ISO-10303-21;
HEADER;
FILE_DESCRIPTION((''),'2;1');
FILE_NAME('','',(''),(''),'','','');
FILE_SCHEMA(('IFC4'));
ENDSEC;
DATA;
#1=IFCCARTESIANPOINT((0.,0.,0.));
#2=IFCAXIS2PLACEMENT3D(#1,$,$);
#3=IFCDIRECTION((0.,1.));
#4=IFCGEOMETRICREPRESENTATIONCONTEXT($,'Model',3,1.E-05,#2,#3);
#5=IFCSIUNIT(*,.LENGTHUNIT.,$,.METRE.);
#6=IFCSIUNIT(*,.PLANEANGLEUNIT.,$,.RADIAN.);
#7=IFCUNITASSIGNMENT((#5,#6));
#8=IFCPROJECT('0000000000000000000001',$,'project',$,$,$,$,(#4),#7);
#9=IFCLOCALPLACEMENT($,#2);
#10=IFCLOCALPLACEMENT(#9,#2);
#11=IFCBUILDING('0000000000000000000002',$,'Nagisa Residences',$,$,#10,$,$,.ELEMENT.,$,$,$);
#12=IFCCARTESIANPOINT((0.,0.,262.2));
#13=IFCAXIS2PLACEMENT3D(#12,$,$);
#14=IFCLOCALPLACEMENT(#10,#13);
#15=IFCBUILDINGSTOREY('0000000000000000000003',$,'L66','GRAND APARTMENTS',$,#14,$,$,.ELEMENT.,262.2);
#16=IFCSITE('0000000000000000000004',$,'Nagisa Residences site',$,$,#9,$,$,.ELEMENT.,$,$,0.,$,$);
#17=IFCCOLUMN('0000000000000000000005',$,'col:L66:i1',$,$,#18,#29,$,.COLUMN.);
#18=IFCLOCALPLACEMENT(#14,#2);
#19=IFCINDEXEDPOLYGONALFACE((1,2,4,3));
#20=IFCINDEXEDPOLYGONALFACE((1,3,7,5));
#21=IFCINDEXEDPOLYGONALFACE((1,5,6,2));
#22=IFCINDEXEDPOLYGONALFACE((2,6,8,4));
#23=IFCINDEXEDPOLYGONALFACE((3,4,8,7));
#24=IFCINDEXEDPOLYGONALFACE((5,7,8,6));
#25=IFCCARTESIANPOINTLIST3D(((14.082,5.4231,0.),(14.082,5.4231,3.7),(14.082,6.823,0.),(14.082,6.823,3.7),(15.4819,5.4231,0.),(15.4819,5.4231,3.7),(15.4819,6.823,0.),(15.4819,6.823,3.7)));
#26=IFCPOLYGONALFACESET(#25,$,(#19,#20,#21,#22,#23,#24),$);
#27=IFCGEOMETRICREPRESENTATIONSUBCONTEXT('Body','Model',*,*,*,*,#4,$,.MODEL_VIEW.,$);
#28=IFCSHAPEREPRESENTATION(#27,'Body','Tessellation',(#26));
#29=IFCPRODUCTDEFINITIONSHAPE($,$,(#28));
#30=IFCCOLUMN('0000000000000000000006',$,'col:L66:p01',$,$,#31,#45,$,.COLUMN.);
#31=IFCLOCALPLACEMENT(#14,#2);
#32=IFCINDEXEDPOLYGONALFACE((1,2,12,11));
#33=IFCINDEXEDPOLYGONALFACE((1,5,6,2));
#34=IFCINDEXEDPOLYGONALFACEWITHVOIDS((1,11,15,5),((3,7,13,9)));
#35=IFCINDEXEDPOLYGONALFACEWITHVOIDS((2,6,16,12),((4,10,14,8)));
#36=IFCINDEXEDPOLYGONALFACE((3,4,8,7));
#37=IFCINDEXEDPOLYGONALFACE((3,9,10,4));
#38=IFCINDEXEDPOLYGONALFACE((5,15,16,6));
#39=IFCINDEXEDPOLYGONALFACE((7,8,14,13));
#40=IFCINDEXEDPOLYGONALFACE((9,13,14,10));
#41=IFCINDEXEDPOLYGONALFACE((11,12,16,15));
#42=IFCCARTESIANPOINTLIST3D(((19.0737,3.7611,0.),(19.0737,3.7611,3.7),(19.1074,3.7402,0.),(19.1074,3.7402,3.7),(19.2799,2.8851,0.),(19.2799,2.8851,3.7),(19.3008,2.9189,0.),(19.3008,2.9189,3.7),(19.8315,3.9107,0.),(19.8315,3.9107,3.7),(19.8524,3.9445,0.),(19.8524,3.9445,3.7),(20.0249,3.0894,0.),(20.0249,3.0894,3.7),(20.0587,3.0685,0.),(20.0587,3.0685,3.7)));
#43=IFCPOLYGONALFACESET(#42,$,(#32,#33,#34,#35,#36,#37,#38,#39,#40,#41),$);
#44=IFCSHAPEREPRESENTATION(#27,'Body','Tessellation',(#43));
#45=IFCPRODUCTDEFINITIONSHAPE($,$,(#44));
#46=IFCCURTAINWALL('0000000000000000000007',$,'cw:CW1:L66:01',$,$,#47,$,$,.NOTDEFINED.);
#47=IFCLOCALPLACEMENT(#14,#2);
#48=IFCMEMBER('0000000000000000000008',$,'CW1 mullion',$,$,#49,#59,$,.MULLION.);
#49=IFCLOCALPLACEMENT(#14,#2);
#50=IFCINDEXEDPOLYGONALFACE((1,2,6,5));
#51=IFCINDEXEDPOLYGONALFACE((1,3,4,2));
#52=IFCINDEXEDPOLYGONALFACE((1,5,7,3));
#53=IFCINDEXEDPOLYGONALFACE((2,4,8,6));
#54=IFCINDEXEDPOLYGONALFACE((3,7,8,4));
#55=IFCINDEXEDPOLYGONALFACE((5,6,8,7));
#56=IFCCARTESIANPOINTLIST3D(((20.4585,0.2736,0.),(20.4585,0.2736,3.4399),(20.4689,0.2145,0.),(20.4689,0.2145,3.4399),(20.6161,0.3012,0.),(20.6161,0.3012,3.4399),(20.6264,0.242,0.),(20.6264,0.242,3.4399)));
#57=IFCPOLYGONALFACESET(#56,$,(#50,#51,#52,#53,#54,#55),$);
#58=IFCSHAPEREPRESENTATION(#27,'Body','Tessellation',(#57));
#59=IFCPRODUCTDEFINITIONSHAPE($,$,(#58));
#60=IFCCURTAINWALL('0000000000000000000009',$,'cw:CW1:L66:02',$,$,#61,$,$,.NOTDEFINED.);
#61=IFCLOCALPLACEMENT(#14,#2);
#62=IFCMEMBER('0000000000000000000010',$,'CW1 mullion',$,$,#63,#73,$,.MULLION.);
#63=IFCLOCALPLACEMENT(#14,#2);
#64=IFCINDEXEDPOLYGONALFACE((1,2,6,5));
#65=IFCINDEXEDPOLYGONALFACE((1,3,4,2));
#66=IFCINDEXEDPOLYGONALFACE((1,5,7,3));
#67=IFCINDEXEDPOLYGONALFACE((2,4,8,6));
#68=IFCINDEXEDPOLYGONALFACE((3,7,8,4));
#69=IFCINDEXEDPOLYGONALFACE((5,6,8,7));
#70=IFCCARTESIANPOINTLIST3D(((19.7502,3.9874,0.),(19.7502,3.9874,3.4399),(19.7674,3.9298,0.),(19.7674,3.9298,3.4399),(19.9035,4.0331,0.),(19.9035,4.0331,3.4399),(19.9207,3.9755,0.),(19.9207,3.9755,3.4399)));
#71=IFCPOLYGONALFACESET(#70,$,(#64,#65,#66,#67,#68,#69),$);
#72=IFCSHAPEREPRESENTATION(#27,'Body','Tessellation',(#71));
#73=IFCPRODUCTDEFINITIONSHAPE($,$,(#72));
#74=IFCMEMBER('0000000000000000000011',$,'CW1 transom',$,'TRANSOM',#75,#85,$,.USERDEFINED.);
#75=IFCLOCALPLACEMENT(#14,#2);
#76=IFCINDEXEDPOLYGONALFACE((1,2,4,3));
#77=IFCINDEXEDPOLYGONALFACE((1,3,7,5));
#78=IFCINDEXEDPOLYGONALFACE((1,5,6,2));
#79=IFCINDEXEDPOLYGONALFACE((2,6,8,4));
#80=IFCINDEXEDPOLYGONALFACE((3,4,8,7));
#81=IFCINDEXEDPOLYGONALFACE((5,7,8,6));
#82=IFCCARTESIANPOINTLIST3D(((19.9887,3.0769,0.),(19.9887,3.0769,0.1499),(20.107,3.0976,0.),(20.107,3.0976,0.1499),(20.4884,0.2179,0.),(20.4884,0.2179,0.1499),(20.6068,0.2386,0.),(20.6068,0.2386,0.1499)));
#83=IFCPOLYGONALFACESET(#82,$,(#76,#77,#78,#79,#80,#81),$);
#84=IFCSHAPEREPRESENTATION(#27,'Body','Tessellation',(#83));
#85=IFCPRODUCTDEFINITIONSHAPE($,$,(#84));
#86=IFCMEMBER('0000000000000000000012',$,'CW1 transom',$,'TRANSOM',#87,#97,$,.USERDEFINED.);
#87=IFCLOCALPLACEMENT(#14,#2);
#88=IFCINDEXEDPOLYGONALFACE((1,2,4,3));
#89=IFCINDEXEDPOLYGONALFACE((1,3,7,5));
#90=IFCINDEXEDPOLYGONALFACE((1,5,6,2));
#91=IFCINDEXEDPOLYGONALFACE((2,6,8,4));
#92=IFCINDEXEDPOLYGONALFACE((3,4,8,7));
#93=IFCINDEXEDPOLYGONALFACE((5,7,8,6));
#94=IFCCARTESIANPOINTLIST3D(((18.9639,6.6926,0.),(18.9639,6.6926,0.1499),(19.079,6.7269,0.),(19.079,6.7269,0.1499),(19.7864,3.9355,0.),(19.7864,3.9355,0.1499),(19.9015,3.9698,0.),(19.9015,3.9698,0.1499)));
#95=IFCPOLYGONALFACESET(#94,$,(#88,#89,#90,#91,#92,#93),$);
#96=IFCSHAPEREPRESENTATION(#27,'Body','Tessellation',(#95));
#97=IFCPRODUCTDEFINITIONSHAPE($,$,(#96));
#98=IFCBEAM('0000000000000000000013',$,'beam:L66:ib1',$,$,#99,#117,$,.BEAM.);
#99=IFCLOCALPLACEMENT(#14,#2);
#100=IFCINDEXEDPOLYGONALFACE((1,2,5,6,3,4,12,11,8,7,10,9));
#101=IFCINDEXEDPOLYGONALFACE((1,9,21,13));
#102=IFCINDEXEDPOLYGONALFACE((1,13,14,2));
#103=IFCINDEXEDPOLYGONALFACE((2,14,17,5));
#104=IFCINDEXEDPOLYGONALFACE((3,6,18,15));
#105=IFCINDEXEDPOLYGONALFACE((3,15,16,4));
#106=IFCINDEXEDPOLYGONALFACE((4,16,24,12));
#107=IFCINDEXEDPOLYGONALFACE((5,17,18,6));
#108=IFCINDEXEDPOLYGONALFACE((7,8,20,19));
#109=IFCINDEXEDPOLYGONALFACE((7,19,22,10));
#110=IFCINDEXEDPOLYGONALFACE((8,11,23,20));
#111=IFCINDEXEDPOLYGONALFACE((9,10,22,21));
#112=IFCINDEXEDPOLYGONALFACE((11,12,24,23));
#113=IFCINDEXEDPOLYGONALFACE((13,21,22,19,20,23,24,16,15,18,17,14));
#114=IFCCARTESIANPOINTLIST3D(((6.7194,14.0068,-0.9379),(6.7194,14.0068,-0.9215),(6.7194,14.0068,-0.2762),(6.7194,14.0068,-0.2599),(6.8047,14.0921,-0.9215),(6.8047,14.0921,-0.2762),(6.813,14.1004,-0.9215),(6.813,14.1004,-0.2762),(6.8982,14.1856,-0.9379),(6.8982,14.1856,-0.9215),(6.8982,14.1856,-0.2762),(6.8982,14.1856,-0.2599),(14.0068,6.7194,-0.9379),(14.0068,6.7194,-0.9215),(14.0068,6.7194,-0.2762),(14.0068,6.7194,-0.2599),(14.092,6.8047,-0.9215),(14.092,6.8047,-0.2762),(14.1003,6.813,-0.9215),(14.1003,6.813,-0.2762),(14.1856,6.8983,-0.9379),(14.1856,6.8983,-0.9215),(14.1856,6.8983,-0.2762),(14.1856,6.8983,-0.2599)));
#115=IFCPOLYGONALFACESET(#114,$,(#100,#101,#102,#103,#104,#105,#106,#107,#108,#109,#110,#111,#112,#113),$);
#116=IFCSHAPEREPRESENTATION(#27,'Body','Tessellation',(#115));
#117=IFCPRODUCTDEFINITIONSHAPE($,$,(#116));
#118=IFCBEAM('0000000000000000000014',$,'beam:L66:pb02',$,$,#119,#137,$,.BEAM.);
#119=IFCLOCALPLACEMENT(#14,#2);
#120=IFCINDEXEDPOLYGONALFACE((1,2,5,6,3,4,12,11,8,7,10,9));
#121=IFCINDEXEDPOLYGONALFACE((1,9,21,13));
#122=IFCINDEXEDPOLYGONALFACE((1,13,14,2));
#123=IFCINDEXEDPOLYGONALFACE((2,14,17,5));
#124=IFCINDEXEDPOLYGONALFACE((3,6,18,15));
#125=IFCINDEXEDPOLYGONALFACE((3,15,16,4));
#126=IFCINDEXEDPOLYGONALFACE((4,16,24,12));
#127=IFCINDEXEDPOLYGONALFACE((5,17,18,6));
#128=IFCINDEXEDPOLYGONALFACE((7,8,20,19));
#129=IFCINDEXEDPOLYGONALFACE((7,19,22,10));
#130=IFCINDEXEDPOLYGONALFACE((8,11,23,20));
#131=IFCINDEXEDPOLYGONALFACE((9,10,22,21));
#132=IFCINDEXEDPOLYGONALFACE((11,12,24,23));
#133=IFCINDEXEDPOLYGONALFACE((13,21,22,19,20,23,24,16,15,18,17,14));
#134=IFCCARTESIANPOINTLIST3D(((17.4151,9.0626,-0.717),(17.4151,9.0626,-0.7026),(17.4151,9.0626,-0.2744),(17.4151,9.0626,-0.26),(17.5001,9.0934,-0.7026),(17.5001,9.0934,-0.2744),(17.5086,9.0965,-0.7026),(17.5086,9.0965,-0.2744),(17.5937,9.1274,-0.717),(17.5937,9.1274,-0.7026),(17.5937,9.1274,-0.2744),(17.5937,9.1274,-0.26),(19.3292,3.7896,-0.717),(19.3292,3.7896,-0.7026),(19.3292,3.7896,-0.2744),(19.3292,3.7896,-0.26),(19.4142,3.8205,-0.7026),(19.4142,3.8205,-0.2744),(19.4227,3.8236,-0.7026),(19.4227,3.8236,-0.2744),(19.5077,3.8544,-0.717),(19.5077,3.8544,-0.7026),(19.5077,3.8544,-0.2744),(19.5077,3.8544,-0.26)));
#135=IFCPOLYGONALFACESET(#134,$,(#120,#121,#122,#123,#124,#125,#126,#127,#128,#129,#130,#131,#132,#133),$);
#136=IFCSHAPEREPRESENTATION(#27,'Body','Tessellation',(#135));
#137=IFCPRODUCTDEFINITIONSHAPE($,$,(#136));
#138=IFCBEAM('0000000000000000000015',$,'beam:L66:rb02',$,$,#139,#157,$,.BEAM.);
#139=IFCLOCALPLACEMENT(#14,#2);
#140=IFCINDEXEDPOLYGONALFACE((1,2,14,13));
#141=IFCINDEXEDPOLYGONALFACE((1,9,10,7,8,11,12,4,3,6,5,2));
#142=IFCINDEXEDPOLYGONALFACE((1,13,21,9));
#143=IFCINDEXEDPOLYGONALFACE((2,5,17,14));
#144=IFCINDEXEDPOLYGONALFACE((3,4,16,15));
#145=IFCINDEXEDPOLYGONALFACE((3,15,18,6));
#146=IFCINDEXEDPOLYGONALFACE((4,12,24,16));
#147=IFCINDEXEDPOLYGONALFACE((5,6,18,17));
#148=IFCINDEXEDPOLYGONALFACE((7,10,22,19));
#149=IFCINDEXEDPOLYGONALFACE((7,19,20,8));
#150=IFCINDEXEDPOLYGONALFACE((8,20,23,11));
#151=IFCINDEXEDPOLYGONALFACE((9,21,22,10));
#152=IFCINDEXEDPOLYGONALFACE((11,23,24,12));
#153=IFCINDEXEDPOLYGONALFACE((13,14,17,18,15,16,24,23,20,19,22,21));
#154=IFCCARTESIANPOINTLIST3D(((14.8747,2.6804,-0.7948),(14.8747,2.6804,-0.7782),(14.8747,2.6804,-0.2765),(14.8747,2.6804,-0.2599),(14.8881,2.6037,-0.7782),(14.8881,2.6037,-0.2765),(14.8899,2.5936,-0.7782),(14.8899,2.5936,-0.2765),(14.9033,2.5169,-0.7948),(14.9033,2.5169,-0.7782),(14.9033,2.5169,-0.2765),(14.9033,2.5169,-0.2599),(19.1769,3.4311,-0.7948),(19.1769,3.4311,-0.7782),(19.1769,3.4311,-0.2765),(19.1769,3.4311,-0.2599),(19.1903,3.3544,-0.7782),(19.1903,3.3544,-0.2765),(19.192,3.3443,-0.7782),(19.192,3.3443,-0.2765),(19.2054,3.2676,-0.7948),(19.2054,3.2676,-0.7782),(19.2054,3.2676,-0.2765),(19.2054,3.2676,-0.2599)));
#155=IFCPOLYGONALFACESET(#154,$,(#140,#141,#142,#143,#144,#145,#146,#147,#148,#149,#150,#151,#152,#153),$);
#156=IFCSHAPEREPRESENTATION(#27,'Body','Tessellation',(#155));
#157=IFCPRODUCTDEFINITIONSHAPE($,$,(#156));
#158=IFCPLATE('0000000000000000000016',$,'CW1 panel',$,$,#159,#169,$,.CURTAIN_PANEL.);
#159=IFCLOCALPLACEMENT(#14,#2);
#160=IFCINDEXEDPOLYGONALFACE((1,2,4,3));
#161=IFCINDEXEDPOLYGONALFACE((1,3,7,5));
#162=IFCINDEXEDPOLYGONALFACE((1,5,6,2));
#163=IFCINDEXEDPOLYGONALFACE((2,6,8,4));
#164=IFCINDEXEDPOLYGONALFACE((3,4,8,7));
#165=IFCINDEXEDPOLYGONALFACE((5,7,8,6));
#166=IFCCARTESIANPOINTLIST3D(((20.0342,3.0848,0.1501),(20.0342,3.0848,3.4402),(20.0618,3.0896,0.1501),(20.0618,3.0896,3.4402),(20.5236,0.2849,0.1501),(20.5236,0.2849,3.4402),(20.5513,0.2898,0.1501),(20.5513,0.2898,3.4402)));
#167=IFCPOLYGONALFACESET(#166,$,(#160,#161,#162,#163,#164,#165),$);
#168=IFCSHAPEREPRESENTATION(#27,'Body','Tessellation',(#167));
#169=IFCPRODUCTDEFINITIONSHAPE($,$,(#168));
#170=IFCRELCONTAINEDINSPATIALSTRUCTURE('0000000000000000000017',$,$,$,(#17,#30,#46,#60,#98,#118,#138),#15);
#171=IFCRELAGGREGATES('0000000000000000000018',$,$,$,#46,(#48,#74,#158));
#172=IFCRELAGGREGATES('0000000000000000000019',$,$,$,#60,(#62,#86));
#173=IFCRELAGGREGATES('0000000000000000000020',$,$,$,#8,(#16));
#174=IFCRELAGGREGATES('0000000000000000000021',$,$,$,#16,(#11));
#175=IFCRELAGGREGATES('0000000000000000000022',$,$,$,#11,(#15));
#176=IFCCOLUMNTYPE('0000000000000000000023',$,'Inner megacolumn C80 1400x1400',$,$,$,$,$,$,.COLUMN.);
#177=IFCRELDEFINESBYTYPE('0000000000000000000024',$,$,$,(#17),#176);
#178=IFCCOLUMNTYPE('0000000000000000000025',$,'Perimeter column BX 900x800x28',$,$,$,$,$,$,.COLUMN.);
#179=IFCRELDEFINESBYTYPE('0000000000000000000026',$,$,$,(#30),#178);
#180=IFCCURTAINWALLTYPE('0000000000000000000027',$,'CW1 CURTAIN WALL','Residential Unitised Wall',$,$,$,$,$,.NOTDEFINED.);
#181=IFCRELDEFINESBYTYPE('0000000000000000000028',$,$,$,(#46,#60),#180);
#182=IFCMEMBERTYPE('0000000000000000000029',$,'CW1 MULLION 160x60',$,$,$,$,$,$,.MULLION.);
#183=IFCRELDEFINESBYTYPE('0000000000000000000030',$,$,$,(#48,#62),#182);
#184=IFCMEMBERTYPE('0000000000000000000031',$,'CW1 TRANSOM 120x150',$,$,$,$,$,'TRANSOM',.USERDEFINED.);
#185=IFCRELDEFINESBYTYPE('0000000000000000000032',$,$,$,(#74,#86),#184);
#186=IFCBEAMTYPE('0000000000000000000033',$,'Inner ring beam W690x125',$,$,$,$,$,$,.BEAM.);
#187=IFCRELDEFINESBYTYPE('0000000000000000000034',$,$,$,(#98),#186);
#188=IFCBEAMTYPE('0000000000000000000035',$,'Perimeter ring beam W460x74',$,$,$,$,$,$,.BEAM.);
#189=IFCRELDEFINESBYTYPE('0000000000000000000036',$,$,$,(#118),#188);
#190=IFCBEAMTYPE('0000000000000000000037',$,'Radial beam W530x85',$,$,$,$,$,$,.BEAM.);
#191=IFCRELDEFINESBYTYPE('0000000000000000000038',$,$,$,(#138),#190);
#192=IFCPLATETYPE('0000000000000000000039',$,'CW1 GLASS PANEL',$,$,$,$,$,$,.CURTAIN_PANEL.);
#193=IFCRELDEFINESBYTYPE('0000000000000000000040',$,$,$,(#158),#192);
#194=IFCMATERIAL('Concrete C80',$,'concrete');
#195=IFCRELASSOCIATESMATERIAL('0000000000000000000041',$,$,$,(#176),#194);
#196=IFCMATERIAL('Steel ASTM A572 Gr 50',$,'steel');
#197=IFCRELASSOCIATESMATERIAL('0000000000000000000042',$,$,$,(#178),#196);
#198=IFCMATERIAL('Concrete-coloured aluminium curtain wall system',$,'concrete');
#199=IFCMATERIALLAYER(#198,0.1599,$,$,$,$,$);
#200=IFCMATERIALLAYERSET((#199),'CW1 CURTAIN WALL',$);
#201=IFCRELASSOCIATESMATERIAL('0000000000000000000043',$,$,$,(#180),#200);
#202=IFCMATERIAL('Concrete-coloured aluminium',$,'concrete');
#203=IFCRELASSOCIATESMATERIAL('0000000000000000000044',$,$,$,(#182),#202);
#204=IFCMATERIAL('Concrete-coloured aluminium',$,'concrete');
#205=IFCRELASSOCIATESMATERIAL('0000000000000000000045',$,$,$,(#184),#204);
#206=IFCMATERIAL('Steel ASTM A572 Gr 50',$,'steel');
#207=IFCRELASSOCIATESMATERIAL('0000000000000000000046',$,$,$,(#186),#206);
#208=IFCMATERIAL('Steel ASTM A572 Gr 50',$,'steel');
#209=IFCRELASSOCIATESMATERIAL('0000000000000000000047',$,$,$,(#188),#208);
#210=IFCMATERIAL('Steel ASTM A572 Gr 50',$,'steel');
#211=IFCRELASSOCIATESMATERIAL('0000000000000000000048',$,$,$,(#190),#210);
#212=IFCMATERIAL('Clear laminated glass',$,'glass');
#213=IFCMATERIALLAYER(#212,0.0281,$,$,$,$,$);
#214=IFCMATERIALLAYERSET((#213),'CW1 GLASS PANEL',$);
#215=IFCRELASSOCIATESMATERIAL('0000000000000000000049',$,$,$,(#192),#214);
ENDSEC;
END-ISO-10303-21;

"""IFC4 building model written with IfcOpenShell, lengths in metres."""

from ifc_helpers import new_model, si_unit, direction, frame, origin, origin_2d, place, context, subcontext, project, spatial, rectangle, hollow_rectangle, i_section, extrude, material, layer, layer_set, material_profile, profile_set, type_object, element, aggregate, save


model = new_model("IFC4")

# Units and contexts
model_context = context("Model", 3, precision=1e-05, world=origin(), true_north=direction((0.0, 1.0)))
body_context = subcontext(model_context, "Body", "Model", "MODEL_VIEW")
ifc_project = project(units=[si_unit("LENGTHUNIT", "METRE"), si_unit("PLANEANGLEUNIT", "RADIAN")], contexts=[model_context])

# Site, building, storey
site_placement = place(None, origin())
site = spatial("IfcSite", under=ifc_project, at=site_placement, Name="Nagisa Residences site", CompositionType="ELEMENT", RefElevation=0.0)
building_placement = place(site_placement, origin())
building = spatial("IfcBuilding", under=site, at=building_placement, Name="Nagisa Residences", CompositionType="ELEMENT")
storey_placement = place(building_placement, frame((0.0, 0.0, 262.2)))
storey = spatial("IfcBuildingStorey", under=building, at=storey_placement, Name="L66", Description="GRAND APARTMENTS", CompositionType="ELEMENT", Elevation=262.2)

# Columns
ifc_material_1 = material(Name="Concrete C80", Category="concrete")
ifc_material_profile_1 = material_profile(ifc_material_1, rectangle(XDim=1.3999, YDim=1.3999, at=origin_2d()), Name="C80 1400x1400")
ifc_profile_set_1 = profile_set([ifc_material_profile_1], Name="Concrete C80")
column_type_1 = type_object("IfcColumnType", Name="Inner megacolumn C80 1400x1400", PredefinedType="COLUMN", material=ifc_profile_set_1)
column_1_placement = place(storey_placement, frame((14.782, 6.123, 0.0), z_axis=(0.0, 0.0, 1.0), x_axis=(1.0, 0.0, 0.0)))
element("IfcColumn", 1, at=column_1_placement, inside=storey, type_object=column_type_1, Name="col:L66:i1", PredefinedType="COLUMN", context=body_context, shape_type="SweptSolid", body=[
    extrude(rectangle(XDim=1.3999, YDim=1.3999, at=origin_2d()), origin(), (0.0, 0.0, 1.0), 3.7),
])
ifc_material_2 = material(Name="Steel ASTM A572 Gr 50", Category="steel")
ifc_material_profile_2 = material_profile(ifc_material_2, hollow_rectangle(XDim=0.8999, YDim=0.8, WallThickness=0.0281, at=origin_2d()), Name="BX 900x800x28")
ifc_profile_set_2 = profile_set([ifc_material_profile_2], Name="Steel ASTM A572 Gr 50")
column_type_2 = type_object("IfcColumnType", Name="Perimeter column BX 900x800x28", PredefinedType="COLUMN", material=ifc_profile_set_2)
column_2_placement = place(storey_placement, frame((19.5662, 3.4148, 0.0), z_axis=(0.0, 0.0, 1.0), x_axis=(-0.229202, 0.973379, 0.0)))
element("IfcColumn", 2, at=column_2_placement, inside=storey, type_object=column_type_2, Name="col:L66:p01", PredefinedType="COLUMN", context=body_context, shape_type="SweptSolid", body=[
    extrude(hollow_rectangle(XDim=0.8999, YDim=0.8, WallThickness=0.0281, at=origin_2d()), origin(), (0.0, 0.0, 1.0), 3.7),
])

# Curtain walls, members
ifc_material_3 = material(Name="Concrete-coloured aluminium curtain wall system", Category="concrete")
ifc_layer_1 = layer(ifc_material_3, 0.1599)
ifc_layer_set_1 = layer_set([ifc_layer_1], Name="CW1 CURTAIN WALL")
curtain_wall_type = type_object("IfcCurtainWallType", Name="CW1 CURTAIN WALL", Description="Residential Unitised Wall", PredefinedType="NOTDEFINED", material=ifc_layer_set_1)
curtain_wall_1_placement = place(storey_placement, origin())
curtain_wall_1 = element("IfcCurtainWall", 3, at=curtain_wall_1_placement, inside=storey, type_object=curtain_wall_type, Name="cw:CW1:L66:01", PredefinedType="NOTDEFINED")
ifc_material_4 = material(Name="Concrete-coloured aluminium", Category="concrete")
ifc_material_profile_3 = material_profile(ifc_material_4, rectangle(XDim=0.1599, YDim=0.0601, at=origin_2d()), Name="CW1 MULLION 160x60")
ifc_profile_set_3 = profile_set([ifc_material_profile_3], Name="Concrete-coloured aluminium")
member_type_1 = type_object("IfcMemberType", Name="CW1 MULLION 160x60", PredefinedType="MULLION", material=ifc_profile_set_3)
member_1_placement = place(storey_placement, frame((20.5425, 0.2578, 0.0), z_axis=(0.0, 0.0, 1.0), x_axis=(-0.985064, -0.172191, 0.0)))
member_1 = element("IfcMember", 4, at=member_1_placement, type_object=member_type_1, Name="CW1 mullion", PredefinedType="MULLION", context=body_context, shape_type="SweptSolid", body=[
    extrude(rectangle(XDim=0.1599, YDim=0.0601, at=origin_2d()), origin(), (0.0, 0.0, 1.0), 3.4399),
])
curtain_wall_2_placement = place(storey_placement, origin())
curtain_wall_2 = element("IfcCurtainWall", 5, at=curtain_wall_2_placement, inside=storey, type_object=curtain_wall_type, Name="cw:CW1:L66:02", PredefinedType="NOTDEFINED")
member_2_placement = place(storey_placement, frame((19.8354, 3.9814, 0.0), z_axis=(0.0, 0.0, 1.0), x_axis=(-0.958271, -0.28586, 0.0)))
member_2 = element("IfcMember", 6, at=member_2_placement, type_object=member_type_1, Name="CW1 mullion", PredefinedType="MULLION", context=body_context, shape_type="SweptSolid", body=[
    extrude(rectangle(XDim=0.1599, YDim=0.0601, at=origin_2d()), origin(), (0.0, 0.0, 1.0), 3.4399),
])

# Members
ifc_material_5 = material(Name="Concrete-coloured aluminium", Category="concrete")
ifc_material_profile_4 = material_profile(ifc_material_5, rectangle(XDim=0.1201, YDim=0.1499, at=origin_2d()), Name="CW1 TRANSOM 120x150")
ifc_profile_set_4 = profile_set([ifc_material_profile_4], Name="Concrete-coloured aluminium")
member_type_2 = type_object("IfcMemberType", Name="CW1 TRANSOM 120x150", ElementType="TRANSOM", PredefinedType="USERDEFINED", material=ifc_profile_set_4)
member_3_placement = place(storey_placement, frame((20.5476, 0.2283, 0.075), z_axis=(-0.172197, 0.985063, 0.0), x_axis=(-0.985063, -0.172197, 0.0)))
member_3 = element("IfcMember", 7, at=member_3_placement, type_object=member_type_2, Name="CW1 transom", ObjectType="TRANSOM", PredefinedType="USERDEFINED", context=body_context, shape_type="SweptSolid", body=[
    extrude(rectangle(XDim=0.1201, YDim=0.1499, at=origin_2d()), origin(), (0.0, 0.0, 1.0), 2.9023),
])
member_4_placement = place(storey_placement, frame((19.844, 3.9526, 0.075), z_axis=(-0.285876, 0.958267, 0.0), x_axis=(-0.958267, -0.285876, 0.0)))
member_4 = element("IfcMember", 8, at=member_4_placement, type_object=member_type_2, Name="CW1 transom", ObjectType="TRANSOM", PredefinedType="USERDEFINED", context=body_context, shape_type="SweptSolid", body=[
    extrude(rectangle(XDim=0.1201, YDim=0.1499, at=origin_2d()), origin(), (0.0, 0.0, 1.0), 2.8772),
])

# Beams
ifc_material_6 = material(Name="Steel ASTM A572 Gr 50", Category="steel")
ifc_material_profile_5 = material_profile(ifc_material_6, i_section(OverallWidth=0.2529, OverallDepth=0.678, WebThickness=0.0117, FlangeThickness=0.0164, at=origin_2d()), Name="W690x125")
ifc_profile_set_5 = profile_set([ifc_material_profile_5], Name="Steel ASTM A572 Gr 50")
beam_type_1 = type_object("IfcBeamType", Name="Inner ring beam W690x125", PredefinedType="BEAM", material=ifc_profile_set_5)
beam_1_placement = place(storey_placement, frame((14.0962, 6.8088, -0.5989), z_axis=(-0.707107, 0.707107, 0.0), x_axis=(-0.707107, -0.707107, 0.0)))
element("IfcBeam", 9, at=beam_1_placement, inside=storey, type_object=beam_type_1, Name="beam:L66:ib1", PredefinedType="BEAM", context=body_context, shape_type="SweptSolid", body=[
    extrude(i_section(OverallWidth=0.2529, OverallDepth=0.678, WebThickness=0.0117, FlangeThickness=0.0164, at=origin_2d()), origin(), (0.0, 0.0, 1.0), 10.3059),
])
ifc_material_7 = material(Name="Steel ASTM A572 Gr 50", Category="steel")
ifc_material_profile_6 = material_profile(ifc_material_7, i_section(OverallWidth=0.1899, OverallDepth=0.457, WebThickness=0.009, FlangeThickness=0.0144, at=origin_2d()), Name="W460x74")
ifc_profile_set_6 = profile_set([ifc_material_profile_6], Name="Steel ASTM A572 Gr 50")
beam_type_2 = type_object("IfcBeamType", Name="Perimeter ring beam W460x74", PredefinedType="BEAM", material=ifc_profile_set_6)
beam_2_placement = place(storey_placement, frame((19.4185, 3.822, -0.4885), z_axis=(-0.341212, 0.939986, 0.0), x_axis=(-0.939986, -0.341212, 0.0)))
element("IfcBeam", 10, at=beam_2_placement, inside=storey, type_object=beam_type_2, Name="beam:L66:pb02", PredefinedType="BEAM", context=body_context, shape_type="SweptSolid", body=[
    extrude(i_section(OverallWidth=0.1899, OverallDepth=0.457, WebThickness=0.009, FlangeThickness=0.0144, at=origin_2d()), origin(), (0.0, 0.0, 1.0), 5.6096),
])
ifc_material_8 = material(Name="Steel ASTM A572 Gr 50", Category="steel")
ifc_material_profile_7 = material_profile(ifc_material_8, i_section(OverallWidth=0.166, OverallDepth=0.5349, WebThickness=0.0103, FlangeThickness=0.0166, at=origin_2d()), Name="W530x85")
ifc_profile_set_7 = profile_set([ifc_material_profile_7], Name="Steel ASTM A572 Gr 50")
beam_type_3 = type_object("IfcBeamType", Name="Radial beam W530x85", PredefinedType="BEAM", material=ifc_profile_set_7)
beam_3_placement = place(storey_placement, frame((19.1912, 3.3494, -0.5273), z_axis=(-0.985114, -0.1719, 0.0), x_axis=(0.1719, -0.985114, 0.0)))
element("IfcBeam", 11, at=beam_3_placement, inside=storey, type_object=beam_type_3, Name="beam:L66:rb02", PredefinedType="BEAM", context=body_context, shape_type="SweptSolid", body=[
    extrude(i_section(OverallWidth=0.166, OverallDepth=0.5349, WebThickness=0.0103, FlangeThickness=0.0166, at=origin_2d()), origin(), (0.0, 0.0, 1.0), 4.3672),
])

# Plate
ifc_material_9 = material(Name="Clear laminated glass", Category="glass")
ifc_layer_2 = layer(ifc_material_9, 0.0281)
ifc_layer_set_2 = layer_set([ifc_layer_2], Name="CW1 GLASS PANEL")
plate_type = type_object("IfcPlateType", Name="CW1 GLASS PANEL", PredefinedType="CURTAIN_PANEL", material=ifc_layer_set_2)
plate_1_placement = place(storey_placement, frame((20.2927, 1.6873, 0.1501), z_axis=(0.0, 0.0, 1.0), x_axis=(-0.172191, 0.985064, 0.0)))
plate_1 = element("IfcPlate", 12, at=plate_1_placement, type_object=plate_type, Name="CW1 panel", PredefinedType="CURTAIN_PANEL", context=body_context, shape_type="SweptSolid", body=[
    extrude(rectangle(XDim=2.8423, YDim=0.0281, at=origin_2d()), origin(), (0.0, 0.0, 1.0), 3.29),
])
aggregate(curtain_wall_1, [member_1, member_3, plate_1])
aggregate(curtain_wall_2, [member_2, member_4])

save(model, "model.ifc")
